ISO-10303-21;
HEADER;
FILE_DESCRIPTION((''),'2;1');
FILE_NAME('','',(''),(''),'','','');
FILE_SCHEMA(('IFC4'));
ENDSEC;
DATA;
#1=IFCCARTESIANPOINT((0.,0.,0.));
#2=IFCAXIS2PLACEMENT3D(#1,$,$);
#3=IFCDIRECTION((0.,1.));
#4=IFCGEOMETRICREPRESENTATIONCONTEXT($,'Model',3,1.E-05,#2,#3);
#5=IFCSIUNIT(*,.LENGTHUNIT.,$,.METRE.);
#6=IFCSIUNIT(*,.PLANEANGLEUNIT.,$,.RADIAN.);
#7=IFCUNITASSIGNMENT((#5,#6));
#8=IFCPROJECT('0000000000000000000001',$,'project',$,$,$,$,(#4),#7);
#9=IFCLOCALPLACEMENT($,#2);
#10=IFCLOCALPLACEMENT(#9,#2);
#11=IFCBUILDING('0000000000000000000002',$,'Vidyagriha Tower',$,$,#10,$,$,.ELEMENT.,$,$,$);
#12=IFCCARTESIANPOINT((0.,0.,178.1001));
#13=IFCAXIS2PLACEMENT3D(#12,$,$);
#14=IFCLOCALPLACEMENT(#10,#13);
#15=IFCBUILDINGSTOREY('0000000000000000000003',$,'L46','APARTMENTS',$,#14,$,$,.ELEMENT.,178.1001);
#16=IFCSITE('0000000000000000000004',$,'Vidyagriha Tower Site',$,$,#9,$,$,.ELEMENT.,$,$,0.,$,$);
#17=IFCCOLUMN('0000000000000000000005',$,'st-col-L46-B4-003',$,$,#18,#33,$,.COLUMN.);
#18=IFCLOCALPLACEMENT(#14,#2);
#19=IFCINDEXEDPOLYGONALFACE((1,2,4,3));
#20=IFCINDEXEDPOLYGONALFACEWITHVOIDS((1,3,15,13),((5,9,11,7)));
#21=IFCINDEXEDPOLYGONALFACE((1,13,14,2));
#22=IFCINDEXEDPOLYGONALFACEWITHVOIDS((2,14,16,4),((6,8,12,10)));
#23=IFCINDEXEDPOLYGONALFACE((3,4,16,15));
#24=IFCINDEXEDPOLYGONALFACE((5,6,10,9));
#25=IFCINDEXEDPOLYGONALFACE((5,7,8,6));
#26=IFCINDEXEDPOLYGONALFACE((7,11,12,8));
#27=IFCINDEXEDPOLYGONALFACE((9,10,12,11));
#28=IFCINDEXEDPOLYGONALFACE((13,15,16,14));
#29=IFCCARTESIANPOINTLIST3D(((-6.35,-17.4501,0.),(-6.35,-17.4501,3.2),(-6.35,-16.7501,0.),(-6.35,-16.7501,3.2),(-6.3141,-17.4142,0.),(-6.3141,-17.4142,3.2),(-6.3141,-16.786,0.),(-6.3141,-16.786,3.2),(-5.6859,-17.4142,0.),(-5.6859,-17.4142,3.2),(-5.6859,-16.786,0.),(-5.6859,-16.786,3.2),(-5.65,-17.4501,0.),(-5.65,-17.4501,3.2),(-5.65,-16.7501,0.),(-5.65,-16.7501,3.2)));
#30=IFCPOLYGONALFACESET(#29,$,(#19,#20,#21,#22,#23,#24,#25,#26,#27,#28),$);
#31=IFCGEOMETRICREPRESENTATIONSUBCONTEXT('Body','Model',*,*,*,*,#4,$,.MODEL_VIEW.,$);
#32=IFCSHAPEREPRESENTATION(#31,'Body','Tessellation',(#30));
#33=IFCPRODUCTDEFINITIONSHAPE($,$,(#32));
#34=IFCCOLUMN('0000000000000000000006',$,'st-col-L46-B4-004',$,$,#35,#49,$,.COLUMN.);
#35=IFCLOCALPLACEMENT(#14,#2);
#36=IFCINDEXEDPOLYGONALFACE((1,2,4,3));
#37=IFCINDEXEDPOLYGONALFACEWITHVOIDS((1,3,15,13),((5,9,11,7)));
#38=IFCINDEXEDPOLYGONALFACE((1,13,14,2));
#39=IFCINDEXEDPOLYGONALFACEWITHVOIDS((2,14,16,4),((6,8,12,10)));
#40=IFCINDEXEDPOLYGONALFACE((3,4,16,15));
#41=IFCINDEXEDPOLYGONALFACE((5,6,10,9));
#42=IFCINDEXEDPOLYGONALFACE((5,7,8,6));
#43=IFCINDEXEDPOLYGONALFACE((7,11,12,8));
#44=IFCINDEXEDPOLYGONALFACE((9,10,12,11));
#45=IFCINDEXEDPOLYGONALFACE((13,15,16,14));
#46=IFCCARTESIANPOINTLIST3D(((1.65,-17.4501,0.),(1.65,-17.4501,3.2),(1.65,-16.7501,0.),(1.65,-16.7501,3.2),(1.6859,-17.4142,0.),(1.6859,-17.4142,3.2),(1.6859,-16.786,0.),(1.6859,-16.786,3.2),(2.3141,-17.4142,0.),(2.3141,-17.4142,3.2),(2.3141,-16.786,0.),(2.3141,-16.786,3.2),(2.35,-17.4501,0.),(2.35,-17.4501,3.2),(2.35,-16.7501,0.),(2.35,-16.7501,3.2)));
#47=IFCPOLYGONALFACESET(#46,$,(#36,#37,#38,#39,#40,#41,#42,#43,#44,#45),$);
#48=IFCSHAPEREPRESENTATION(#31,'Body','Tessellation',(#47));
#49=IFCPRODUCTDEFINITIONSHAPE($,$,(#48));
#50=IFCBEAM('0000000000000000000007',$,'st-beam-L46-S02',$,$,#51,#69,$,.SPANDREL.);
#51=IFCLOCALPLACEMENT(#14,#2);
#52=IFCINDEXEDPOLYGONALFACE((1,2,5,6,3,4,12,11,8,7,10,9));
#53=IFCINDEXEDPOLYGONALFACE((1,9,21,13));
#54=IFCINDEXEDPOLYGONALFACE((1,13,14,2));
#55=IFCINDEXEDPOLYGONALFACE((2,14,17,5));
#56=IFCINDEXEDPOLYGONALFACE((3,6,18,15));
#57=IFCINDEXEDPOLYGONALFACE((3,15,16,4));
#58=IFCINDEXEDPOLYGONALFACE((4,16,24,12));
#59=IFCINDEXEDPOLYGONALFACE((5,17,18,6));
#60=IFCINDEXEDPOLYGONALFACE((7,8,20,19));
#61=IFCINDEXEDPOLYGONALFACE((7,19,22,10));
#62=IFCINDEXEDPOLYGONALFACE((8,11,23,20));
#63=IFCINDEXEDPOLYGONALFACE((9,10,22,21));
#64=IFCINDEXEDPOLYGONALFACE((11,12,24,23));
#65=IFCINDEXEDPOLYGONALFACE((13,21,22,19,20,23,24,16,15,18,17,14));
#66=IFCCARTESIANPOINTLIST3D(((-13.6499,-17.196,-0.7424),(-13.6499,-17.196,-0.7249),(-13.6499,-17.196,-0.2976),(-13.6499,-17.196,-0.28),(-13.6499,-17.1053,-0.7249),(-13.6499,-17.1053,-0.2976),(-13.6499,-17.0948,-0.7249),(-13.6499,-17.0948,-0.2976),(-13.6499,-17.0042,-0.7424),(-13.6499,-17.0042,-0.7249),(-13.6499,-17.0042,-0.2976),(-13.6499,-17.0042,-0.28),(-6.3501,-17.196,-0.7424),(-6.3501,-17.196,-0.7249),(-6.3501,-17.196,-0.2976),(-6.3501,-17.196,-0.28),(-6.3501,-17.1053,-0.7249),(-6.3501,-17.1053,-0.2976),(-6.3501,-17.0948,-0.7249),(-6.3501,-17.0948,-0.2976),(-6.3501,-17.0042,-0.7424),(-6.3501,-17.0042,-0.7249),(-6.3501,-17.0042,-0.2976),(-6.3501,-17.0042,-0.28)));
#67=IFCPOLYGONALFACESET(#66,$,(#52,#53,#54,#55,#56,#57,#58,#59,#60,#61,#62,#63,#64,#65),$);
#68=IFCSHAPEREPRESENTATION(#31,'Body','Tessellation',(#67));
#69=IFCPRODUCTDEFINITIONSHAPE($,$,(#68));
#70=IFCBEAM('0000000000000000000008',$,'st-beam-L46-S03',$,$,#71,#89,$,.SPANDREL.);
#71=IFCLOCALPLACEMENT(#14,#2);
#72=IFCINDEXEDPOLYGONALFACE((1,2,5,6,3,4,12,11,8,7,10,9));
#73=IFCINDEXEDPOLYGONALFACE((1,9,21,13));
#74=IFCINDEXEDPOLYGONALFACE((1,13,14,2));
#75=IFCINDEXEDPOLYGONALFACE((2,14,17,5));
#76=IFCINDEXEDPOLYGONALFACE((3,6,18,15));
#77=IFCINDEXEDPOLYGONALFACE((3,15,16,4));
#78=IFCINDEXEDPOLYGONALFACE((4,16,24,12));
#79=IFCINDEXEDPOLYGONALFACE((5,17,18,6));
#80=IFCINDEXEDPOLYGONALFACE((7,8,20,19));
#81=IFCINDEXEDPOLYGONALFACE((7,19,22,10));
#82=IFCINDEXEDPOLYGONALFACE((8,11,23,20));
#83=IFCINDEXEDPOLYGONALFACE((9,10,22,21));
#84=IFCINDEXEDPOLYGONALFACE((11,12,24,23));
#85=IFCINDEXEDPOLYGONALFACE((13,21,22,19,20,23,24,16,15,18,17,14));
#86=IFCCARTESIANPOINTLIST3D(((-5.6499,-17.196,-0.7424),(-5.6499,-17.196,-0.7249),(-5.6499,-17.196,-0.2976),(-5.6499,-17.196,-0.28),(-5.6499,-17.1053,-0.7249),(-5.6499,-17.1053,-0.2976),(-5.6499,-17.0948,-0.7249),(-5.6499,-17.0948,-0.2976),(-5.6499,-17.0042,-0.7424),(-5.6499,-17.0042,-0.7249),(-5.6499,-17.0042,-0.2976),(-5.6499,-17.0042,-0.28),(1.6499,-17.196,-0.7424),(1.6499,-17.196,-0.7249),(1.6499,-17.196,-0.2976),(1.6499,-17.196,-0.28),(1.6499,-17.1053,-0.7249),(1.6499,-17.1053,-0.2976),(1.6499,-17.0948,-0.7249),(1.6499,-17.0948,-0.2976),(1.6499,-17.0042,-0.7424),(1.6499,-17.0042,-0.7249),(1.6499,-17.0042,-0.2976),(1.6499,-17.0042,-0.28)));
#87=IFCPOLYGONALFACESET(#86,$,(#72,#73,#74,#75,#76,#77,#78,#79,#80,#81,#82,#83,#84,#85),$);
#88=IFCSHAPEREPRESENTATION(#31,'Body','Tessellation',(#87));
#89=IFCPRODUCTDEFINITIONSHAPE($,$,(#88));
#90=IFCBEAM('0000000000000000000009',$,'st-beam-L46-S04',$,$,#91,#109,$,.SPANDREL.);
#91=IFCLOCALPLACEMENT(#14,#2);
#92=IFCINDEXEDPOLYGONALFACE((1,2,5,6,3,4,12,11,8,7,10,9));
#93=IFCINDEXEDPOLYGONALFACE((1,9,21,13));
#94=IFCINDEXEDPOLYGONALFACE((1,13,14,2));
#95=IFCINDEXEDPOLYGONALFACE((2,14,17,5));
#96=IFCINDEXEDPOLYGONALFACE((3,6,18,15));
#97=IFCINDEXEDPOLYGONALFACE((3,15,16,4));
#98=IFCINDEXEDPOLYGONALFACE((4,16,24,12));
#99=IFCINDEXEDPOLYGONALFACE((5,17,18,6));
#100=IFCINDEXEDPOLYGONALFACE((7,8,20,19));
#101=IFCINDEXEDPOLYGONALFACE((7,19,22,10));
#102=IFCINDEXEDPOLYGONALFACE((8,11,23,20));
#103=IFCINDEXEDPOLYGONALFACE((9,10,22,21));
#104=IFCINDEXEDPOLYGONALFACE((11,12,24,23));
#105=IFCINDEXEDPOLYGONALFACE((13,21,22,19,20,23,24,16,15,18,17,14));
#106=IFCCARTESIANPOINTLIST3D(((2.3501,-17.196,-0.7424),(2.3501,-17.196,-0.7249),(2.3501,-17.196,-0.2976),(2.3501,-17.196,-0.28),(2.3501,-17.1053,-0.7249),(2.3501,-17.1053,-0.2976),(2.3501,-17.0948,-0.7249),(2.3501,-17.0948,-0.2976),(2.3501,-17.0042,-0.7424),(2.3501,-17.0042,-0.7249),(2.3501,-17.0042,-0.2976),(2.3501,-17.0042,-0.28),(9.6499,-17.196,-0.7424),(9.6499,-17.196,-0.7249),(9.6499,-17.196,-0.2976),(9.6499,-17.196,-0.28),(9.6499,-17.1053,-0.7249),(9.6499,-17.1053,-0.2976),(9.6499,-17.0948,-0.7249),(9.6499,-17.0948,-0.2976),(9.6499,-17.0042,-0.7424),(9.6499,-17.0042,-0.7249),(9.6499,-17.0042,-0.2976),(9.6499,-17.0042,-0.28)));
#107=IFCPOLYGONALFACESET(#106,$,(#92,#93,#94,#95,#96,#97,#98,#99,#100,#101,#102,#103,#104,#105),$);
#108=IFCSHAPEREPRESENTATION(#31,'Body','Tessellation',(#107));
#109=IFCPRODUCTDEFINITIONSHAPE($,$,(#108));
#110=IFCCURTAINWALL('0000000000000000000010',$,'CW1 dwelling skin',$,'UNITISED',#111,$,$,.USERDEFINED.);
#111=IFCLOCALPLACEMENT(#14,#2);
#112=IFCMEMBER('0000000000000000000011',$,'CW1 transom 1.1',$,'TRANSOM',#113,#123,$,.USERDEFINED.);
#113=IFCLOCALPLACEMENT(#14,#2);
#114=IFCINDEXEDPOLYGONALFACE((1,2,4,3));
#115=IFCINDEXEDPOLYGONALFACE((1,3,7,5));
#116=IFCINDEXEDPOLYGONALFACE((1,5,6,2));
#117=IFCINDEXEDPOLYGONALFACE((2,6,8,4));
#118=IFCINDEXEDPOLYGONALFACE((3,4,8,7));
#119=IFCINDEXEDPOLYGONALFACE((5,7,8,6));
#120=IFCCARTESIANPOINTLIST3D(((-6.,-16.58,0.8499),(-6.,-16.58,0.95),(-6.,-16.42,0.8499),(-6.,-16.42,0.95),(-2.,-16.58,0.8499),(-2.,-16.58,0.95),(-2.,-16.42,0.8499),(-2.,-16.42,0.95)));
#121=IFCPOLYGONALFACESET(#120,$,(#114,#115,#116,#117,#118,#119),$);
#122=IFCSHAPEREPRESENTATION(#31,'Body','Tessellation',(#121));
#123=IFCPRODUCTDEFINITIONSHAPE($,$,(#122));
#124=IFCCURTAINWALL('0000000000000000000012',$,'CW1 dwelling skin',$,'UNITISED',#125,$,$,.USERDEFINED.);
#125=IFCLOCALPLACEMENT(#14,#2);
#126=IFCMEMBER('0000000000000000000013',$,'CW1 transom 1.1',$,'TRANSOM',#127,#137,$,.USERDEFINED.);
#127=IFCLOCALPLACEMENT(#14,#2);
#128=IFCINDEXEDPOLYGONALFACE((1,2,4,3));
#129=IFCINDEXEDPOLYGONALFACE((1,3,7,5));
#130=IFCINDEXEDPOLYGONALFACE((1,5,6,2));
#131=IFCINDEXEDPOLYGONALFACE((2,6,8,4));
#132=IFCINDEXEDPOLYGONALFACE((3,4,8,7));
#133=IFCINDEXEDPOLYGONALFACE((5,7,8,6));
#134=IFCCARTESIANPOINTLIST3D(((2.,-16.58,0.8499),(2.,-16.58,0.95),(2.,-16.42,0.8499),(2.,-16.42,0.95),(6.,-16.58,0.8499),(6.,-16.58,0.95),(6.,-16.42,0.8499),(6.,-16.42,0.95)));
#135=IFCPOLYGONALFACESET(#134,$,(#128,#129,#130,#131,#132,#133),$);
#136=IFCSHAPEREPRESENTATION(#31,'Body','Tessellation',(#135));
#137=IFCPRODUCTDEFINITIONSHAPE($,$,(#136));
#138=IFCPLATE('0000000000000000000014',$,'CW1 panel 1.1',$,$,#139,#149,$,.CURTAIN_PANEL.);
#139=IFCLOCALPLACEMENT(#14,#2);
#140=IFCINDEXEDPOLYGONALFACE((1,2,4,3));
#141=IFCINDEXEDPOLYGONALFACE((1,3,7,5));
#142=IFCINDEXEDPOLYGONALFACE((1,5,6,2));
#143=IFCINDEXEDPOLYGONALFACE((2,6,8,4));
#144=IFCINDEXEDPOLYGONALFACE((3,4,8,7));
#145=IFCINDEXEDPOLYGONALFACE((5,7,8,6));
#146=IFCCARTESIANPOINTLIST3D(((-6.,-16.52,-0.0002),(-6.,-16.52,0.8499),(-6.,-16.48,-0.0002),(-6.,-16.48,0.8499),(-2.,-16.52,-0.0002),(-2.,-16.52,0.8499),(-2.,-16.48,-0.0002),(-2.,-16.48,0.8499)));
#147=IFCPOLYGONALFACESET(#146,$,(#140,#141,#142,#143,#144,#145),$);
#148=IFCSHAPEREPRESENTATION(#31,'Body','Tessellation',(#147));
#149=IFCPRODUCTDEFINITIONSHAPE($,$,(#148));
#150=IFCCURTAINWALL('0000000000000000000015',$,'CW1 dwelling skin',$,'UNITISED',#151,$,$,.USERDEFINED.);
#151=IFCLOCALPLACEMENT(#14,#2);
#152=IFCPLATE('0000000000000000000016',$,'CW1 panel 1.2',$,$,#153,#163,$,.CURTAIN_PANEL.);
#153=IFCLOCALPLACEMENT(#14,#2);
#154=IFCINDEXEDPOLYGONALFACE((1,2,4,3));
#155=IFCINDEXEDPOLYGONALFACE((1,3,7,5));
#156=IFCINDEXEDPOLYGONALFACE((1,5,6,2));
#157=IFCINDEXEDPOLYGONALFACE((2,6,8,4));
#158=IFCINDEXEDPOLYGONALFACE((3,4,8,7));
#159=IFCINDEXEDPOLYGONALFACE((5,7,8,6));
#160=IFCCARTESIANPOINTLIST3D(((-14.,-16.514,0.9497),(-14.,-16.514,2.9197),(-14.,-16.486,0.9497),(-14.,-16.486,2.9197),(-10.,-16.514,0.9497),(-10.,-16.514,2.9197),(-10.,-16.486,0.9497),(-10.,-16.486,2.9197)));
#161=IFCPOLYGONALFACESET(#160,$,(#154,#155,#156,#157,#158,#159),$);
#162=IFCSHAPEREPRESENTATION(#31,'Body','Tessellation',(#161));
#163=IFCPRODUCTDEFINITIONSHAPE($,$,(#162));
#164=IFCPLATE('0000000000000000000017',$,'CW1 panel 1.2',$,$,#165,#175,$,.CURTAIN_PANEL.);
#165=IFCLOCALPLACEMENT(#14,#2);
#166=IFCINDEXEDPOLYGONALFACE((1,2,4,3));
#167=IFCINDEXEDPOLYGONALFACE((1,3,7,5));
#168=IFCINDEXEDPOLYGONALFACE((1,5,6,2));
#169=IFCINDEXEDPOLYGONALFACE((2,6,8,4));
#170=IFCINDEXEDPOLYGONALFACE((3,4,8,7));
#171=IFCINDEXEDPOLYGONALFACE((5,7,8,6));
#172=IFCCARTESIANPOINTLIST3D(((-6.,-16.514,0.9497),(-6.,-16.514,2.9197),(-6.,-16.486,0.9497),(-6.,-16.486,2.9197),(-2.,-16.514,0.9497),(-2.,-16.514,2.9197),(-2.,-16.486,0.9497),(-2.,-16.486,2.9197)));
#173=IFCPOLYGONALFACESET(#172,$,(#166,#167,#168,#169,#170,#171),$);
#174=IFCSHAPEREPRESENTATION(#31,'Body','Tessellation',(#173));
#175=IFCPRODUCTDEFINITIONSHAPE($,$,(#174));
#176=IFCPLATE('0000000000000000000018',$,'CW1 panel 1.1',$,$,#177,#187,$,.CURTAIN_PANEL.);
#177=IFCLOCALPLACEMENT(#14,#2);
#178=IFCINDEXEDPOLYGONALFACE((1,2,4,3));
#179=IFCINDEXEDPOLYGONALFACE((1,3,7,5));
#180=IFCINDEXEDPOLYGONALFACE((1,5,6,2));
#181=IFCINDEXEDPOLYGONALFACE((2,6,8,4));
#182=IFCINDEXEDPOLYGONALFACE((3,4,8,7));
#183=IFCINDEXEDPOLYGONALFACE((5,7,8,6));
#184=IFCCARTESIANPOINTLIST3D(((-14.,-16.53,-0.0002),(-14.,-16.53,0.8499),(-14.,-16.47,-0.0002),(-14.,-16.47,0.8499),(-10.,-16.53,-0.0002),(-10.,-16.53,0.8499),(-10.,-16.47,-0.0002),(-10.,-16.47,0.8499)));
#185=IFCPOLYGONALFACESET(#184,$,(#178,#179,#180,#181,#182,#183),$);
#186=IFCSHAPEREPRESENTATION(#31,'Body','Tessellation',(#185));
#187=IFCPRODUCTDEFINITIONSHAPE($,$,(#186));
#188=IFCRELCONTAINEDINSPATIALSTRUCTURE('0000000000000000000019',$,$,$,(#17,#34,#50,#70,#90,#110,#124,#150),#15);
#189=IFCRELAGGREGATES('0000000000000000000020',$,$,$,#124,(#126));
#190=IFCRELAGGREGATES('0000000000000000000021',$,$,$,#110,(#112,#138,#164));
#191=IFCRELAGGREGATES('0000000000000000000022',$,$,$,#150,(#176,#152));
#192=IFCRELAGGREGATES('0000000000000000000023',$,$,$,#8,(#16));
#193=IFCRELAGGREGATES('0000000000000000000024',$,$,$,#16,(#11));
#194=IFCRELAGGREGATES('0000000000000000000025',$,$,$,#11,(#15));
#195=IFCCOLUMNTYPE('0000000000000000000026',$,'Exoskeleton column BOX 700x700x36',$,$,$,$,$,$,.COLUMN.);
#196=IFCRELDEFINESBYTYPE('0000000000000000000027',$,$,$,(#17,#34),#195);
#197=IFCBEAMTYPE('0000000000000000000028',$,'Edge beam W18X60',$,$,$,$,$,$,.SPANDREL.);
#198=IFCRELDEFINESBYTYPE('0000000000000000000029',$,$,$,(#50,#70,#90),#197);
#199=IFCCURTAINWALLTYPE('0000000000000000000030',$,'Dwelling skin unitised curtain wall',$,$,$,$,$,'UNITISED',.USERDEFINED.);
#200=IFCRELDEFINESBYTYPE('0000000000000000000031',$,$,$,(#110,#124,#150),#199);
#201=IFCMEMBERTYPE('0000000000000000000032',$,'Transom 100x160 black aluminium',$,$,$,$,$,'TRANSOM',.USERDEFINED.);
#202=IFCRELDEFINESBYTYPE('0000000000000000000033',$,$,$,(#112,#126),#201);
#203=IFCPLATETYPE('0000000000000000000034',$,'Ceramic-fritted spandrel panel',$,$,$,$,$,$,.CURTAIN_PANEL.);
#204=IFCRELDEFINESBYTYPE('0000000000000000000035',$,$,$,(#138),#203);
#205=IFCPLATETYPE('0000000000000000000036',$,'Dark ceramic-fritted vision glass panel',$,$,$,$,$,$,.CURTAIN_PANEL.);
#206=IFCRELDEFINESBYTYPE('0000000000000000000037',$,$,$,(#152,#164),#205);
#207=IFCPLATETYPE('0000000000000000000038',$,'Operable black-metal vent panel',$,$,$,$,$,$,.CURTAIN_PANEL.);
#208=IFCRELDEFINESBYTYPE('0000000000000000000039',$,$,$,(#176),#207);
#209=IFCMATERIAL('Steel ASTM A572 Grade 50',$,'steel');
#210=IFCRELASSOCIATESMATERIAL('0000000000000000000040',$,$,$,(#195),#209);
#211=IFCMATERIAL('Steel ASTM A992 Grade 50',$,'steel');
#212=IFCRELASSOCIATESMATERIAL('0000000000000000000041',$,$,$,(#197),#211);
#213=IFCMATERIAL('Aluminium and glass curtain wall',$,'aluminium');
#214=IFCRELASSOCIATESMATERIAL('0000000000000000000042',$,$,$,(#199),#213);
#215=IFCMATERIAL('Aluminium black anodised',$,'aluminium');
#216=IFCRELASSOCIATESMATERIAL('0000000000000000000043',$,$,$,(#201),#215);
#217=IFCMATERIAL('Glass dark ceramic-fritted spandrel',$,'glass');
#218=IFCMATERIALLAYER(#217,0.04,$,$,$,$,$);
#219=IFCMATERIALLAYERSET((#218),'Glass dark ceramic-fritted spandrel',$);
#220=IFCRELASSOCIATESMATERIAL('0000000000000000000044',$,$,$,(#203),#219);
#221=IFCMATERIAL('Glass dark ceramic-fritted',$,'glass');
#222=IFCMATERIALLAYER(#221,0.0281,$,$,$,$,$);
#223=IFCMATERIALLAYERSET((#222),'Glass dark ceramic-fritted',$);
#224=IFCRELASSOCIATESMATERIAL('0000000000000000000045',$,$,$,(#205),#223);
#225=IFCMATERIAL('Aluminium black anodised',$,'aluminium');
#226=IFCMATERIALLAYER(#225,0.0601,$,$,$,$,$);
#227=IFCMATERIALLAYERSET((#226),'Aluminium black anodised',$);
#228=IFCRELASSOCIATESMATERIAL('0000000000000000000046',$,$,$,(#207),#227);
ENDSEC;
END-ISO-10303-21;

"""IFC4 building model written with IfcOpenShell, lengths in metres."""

from ifc_helpers import new_model, si_unit, direction, frame, origin, origin_2d, place, context, subcontext, project, spatial, rectangle, hollow_rectangle, i_section, extrude, material, layer, layer_set, material_profile, profile_set, type_object, element, aggregate, save


model = new_model("IFC4")

# Units and contexts
model_context = context("Model", 3, precision=1e-05, world=origin(), true_north=direction((0.0, 1.0)))
body_context = subcontext(model_context, "Body", "Model", "MODEL_VIEW")
ifc_project = project(units=[si_unit("LENGTHUNIT", "METRE"), si_unit("PLANEANGLEUNIT", "RADIAN")], contexts=[model_context])

# Site, building, storey
site_placement = place(None, origin())
site = spatial("IfcSite", under=ifc_project, at=site_placement, Name="Vidyagriha Tower Site", CompositionType="ELEMENT", RefElevation=0.0)
building_placement = place(site_placement, origin())
building = spatial("IfcBuilding", under=site, at=building_placement, Name="Vidyagriha Tower", CompositionType="ELEMENT")
storey_placement = place(building_placement, frame((0.0, 0.0, 178.1001)))
storey = spatial("IfcBuildingStorey", under=building, at=storey_placement, Name="L46", Description="APARTMENTS", CompositionType="ELEMENT", Elevation=178.1001)

# Columns
ifc_material_1 = material(Name="Steel ASTM A572 Grade 50", Category="steel")
ifc_material_profile_1 = material_profile(ifc_material_1, hollow_rectangle(XDim=0.7, YDim=0.7, WallThickness=0.0359, at=origin_2d()), Name="BOX 700x700x36")
ifc_profile_set_1 = profile_set([ifc_material_profile_1], Name="Steel ASTM A572 Grade 50")
column_type = type_object("IfcColumnType", Name="Exoskeleton column BOX 700x700x36", PredefinedType="COLUMN", material=ifc_profile_set_1)
for number, where, name in (
    (1, (-6.0, -17.1001, 0.0), "st-col-L46-B4-003"),
    (2, (2.0, -17.1001, 0.0), "st-col-L46-B4-004"),
):
    element("IfcColumn", number, at=place(storey_placement, frame(where)), inside=storey, type_object=column_type, Name=name, PredefinedType="COLUMN", context=body_context, shape_type="SweptSolid", body=[
        extrude(hollow_rectangle(XDim=0.7, YDim=0.7, WallThickness=0.0359, at=origin_2d()), origin(), (0.0, 0.0, 1.0), 3.2),
    ])

# Beams
ifc_material_2 = material(Name="Steel ASTM A992 Grade 50", Category="steel")
ifc_material_profile_2 = material_profile(ifc_material_2, i_section(OverallWidth=0.1919, OverallDepth=0.4624, WebThickness=0.0105, FlangeThickness=0.0176, at=origin_2d()), Name="W18X60")
ifc_profile_set_2 = profile_set([ifc_material_profile_2], Name="Steel ASTM A992 Grade 50")
beam_type = type_object("IfcBeamType", Name="Edge beam W18X60", PredefinedType="SPANDREL", material=ifc_profile_set_2)
for number, where, z_axis, x_axis, name in (
    (3, (-13.6499, -17.1001, -0.5112), (1.0, 0.0, 0.0), (0.0, 1.0, 0.0), "st-beam-L46-S02"),
    (4, (-5.6499, -17.1001, -0.5112), (1.0, 0.0, 0.0), (0.0, 1.0, 0.0), "st-beam-L46-S03"),
    (5, (2.3501, -17.1001, -0.5112), (1.0, 0.0, 0.0), (0.0, 1.0, 0.0), "st-beam-L46-S04"),
):
    element("IfcBeam", number, at=place(storey_placement, frame(where, z_axis=z_axis, x_axis=x_axis)), inside=storey, type_object=beam_type, Name=name, PredefinedType="SPANDREL", context=body_context, shape_type="SweptSolid", body=[
        extrude(i_section(OverallWidth=0.1919, OverallDepth=0.4624, WebThickness=0.0105, FlangeThickness=0.0176, at=origin_2d()), origin(), (0.0, 0.0, 1.0), 7.2998),
    ])

# Curtain walls, members
ifc_material_3 = material(Name="Aluminium and glass curtain wall", Category="aluminium")
curtain_wall_type = type_object("IfcCurtainWallType", Name="Dwelling skin unitised curtain wall", ElementType="UNITISED", PredefinedType="USERDEFINED", material=ifc_material_3)
curtain_wall_1_placement = place(storey_placement, origin())
curtain_wall_1 = element("IfcCurtainWall", 6, at=curtain_wall_1_placement, inside=storey, type_object=curtain_wall_type, Name="CW1 dwelling skin", ObjectType="UNITISED", PredefinedType="USERDEFINED")
ifc_material_4 = material(Name="Aluminium black anodised", Category="aluminium")
ifc_material_profile_3 = material_profile(ifc_material_4, rectangle(XDim=0.1599, YDim=0.1001, at=origin_2d()), Name="Transom 100x160 black aluminium")
ifc_profile_set_3 = profile_set([ifc_material_profile_3], Name="Aluminium black anodised")
member_type = type_object("IfcMemberType", Name="Transom 100x160 black aluminium", ElementType="TRANSOM", PredefinedType="USERDEFINED", material=ifc_profile_set_3)
member_1_placement = place(storey_placement, frame((-6.0, -16.5, 0.8999), z_axis=(1.0, 0.0, 0.0), x_axis=(0.0, 1.0, 0.0)))
member_1 = element("IfcMember", 7, at=member_1_placement, type_object=member_type, Name="CW1 transom 1.1", ObjectType="TRANSOM", PredefinedType="USERDEFINED", context=body_context, shape_type="SweptSolid", body=[
    extrude(rectangle(XDim=0.1599, YDim=0.1001, at=origin_2d()), origin(), (0.0, 0.0, 1.0), 4.0),
])
curtain_wall_2_placement = place(storey_placement, origin())
curtain_wall_2 = element("IfcCurtainWall", 8, at=curtain_wall_2_placement, inside=storey, type_object=curtain_wall_type, Name="CW1 dwelling skin", ObjectType="UNITISED", PredefinedType="USERDEFINED")
member_2_placement = place(storey_placement, frame((2.0, -16.5, 0.8999), z_axis=(1.0, 0.0, 0.0), x_axis=(0.0, 1.0, 0.0)))
member_2 = element("IfcMember", 9, at=member_2_placement, type_object=member_type, Name="CW1 transom 1.1", ObjectType="TRANSOM", PredefinedType="USERDEFINED", context=body_context, shape_type="SweptSolid", body=[
    extrude(rectangle(XDim=0.1599, YDim=0.1001, at=origin_2d()), origin(), (0.0, 0.0, 1.0), 4.0),
])
aggregate(curtain_wall_2, [member_2])

# Plate
ifc_material_5 = material(Name="Glass dark ceramic-fritted spandrel", Category="glass")
ifc_layer_1 = layer(ifc_material_5, 0.04)
ifc_layer_set_1 = layer_set([ifc_layer_1], Name="Glass dark ceramic-fritted spandrel")
plate_type_1 = type_object("IfcPlateType", Name="Ceramic-fritted spandrel panel", PredefinedType="CURTAIN_PANEL", material=ifc_layer_set_1)
plate_1_placement = place(storey_placement, frame((-4.0, -16.5, -0.0002)))
plate_1 = element("IfcPlate", 10, at=plate_1_placement, type_object=plate_type_1, Name="CW1 panel 1.1", PredefinedType="CURTAIN_PANEL", context=body_context, shape_type="SweptSolid", body=[
    extrude(rectangle(XDim=4.0, YDim=0.04, at=origin_2d()), origin(), (0.0, 0.0, 1.0), 0.8501),
])

# Curtain wall, plate
curtain_wall_3_placement = place(storey_placement, origin())
curtain_wall_3 = element("IfcCurtainWall", 11, at=curtain_wall_3_placement, inside=storey, type_object=curtain_wall_type, Name="CW1 dwelling skin", ObjectType="UNITISED", PredefinedType="USERDEFINED")
ifc_material_6 = material(Name="Glass dark ceramic-fritted", Category="glass")
ifc_layer_2 = layer(ifc_material_6, 0.0281)
ifc_layer_set_2 = layer_set([ifc_layer_2], Name="Glass dark ceramic-fritted")
plate_type_2 = type_object("IfcPlateType", Name="Dark ceramic-fritted vision glass panel", PredefinedType="CURTAIN_PANEL", material=ifc_layer_set_2)
plate_2_placement = place(storey_placement, frame((-12.0, -16.5, 0.9497)))
plate_2 = element("IfcPlate", 12, at=plate_2_placement, type_object=plate_type_2, Name="CW1 panel 1.2", PredefinedType="CURTAIN_PANEL", context=body_context, shape_type="SweptSolid", body=[
    extrude(rectangle(XDim=4.0, YDim=0.0281, at=origin_2d()), origin(), (0.0, 0.0, 1.0), 1.97),
])

# Plates
plate_3_placement = place(storey_placement, frame((-4.0, -16.5, 0.9497)))
plate_3 = element("IfcPlate", 13, at=plate_3_placement, type_object=plate_type_2, Name="CW1 panel 1.2", PredefinedType="CURTAIN_PANEL", context=body_context, shape_type="SweptSolid", body=[
    extrude(rectangle(XDim=4.0, YDim=0.0281, at=origin_2d()), origin(), (0.0, 0.0, 1.0), 1.97),
])
aggregate(curtain_wall_1, [member_1, plate_1, plate_3])
ifc_material_7 = material(Name="Aluminium black anodised", Category="aluminium")
ifc_layer_3 = layer(ifc_material_7, 0.0601)
ifc_layer_set_3 = layer_set([ifc_layer_3], Name="Aluminium black anodised")
plate_type_3 = type_object("IfcPlateType", Name="Operable black-metal vent panel", PredefinedType="CURTAIN_PANEL", material=ifc_layer_set_3)
plate_4_placement = place(storey_placement, frame((-12.0, -16.5, -0.0002)))
plate_4 = element("IfcPlate", 14, at=plate_4_placement, type_object=plate_type_3, Name="CW1 panel 1.1", PredefinedType="CURTAIN_PANEL", context=body_context, shape_type="SweptSolid", body=[
    extrude(rectangle(XDim=4.0, YDim=0.0601, at=origin_2d()), origin(), (0.0, 0.0, 1.0), 0.8501),
])
aggregate(curtain_wall_3, [plate_4, plate_2])

save(model, "model.ifc")
